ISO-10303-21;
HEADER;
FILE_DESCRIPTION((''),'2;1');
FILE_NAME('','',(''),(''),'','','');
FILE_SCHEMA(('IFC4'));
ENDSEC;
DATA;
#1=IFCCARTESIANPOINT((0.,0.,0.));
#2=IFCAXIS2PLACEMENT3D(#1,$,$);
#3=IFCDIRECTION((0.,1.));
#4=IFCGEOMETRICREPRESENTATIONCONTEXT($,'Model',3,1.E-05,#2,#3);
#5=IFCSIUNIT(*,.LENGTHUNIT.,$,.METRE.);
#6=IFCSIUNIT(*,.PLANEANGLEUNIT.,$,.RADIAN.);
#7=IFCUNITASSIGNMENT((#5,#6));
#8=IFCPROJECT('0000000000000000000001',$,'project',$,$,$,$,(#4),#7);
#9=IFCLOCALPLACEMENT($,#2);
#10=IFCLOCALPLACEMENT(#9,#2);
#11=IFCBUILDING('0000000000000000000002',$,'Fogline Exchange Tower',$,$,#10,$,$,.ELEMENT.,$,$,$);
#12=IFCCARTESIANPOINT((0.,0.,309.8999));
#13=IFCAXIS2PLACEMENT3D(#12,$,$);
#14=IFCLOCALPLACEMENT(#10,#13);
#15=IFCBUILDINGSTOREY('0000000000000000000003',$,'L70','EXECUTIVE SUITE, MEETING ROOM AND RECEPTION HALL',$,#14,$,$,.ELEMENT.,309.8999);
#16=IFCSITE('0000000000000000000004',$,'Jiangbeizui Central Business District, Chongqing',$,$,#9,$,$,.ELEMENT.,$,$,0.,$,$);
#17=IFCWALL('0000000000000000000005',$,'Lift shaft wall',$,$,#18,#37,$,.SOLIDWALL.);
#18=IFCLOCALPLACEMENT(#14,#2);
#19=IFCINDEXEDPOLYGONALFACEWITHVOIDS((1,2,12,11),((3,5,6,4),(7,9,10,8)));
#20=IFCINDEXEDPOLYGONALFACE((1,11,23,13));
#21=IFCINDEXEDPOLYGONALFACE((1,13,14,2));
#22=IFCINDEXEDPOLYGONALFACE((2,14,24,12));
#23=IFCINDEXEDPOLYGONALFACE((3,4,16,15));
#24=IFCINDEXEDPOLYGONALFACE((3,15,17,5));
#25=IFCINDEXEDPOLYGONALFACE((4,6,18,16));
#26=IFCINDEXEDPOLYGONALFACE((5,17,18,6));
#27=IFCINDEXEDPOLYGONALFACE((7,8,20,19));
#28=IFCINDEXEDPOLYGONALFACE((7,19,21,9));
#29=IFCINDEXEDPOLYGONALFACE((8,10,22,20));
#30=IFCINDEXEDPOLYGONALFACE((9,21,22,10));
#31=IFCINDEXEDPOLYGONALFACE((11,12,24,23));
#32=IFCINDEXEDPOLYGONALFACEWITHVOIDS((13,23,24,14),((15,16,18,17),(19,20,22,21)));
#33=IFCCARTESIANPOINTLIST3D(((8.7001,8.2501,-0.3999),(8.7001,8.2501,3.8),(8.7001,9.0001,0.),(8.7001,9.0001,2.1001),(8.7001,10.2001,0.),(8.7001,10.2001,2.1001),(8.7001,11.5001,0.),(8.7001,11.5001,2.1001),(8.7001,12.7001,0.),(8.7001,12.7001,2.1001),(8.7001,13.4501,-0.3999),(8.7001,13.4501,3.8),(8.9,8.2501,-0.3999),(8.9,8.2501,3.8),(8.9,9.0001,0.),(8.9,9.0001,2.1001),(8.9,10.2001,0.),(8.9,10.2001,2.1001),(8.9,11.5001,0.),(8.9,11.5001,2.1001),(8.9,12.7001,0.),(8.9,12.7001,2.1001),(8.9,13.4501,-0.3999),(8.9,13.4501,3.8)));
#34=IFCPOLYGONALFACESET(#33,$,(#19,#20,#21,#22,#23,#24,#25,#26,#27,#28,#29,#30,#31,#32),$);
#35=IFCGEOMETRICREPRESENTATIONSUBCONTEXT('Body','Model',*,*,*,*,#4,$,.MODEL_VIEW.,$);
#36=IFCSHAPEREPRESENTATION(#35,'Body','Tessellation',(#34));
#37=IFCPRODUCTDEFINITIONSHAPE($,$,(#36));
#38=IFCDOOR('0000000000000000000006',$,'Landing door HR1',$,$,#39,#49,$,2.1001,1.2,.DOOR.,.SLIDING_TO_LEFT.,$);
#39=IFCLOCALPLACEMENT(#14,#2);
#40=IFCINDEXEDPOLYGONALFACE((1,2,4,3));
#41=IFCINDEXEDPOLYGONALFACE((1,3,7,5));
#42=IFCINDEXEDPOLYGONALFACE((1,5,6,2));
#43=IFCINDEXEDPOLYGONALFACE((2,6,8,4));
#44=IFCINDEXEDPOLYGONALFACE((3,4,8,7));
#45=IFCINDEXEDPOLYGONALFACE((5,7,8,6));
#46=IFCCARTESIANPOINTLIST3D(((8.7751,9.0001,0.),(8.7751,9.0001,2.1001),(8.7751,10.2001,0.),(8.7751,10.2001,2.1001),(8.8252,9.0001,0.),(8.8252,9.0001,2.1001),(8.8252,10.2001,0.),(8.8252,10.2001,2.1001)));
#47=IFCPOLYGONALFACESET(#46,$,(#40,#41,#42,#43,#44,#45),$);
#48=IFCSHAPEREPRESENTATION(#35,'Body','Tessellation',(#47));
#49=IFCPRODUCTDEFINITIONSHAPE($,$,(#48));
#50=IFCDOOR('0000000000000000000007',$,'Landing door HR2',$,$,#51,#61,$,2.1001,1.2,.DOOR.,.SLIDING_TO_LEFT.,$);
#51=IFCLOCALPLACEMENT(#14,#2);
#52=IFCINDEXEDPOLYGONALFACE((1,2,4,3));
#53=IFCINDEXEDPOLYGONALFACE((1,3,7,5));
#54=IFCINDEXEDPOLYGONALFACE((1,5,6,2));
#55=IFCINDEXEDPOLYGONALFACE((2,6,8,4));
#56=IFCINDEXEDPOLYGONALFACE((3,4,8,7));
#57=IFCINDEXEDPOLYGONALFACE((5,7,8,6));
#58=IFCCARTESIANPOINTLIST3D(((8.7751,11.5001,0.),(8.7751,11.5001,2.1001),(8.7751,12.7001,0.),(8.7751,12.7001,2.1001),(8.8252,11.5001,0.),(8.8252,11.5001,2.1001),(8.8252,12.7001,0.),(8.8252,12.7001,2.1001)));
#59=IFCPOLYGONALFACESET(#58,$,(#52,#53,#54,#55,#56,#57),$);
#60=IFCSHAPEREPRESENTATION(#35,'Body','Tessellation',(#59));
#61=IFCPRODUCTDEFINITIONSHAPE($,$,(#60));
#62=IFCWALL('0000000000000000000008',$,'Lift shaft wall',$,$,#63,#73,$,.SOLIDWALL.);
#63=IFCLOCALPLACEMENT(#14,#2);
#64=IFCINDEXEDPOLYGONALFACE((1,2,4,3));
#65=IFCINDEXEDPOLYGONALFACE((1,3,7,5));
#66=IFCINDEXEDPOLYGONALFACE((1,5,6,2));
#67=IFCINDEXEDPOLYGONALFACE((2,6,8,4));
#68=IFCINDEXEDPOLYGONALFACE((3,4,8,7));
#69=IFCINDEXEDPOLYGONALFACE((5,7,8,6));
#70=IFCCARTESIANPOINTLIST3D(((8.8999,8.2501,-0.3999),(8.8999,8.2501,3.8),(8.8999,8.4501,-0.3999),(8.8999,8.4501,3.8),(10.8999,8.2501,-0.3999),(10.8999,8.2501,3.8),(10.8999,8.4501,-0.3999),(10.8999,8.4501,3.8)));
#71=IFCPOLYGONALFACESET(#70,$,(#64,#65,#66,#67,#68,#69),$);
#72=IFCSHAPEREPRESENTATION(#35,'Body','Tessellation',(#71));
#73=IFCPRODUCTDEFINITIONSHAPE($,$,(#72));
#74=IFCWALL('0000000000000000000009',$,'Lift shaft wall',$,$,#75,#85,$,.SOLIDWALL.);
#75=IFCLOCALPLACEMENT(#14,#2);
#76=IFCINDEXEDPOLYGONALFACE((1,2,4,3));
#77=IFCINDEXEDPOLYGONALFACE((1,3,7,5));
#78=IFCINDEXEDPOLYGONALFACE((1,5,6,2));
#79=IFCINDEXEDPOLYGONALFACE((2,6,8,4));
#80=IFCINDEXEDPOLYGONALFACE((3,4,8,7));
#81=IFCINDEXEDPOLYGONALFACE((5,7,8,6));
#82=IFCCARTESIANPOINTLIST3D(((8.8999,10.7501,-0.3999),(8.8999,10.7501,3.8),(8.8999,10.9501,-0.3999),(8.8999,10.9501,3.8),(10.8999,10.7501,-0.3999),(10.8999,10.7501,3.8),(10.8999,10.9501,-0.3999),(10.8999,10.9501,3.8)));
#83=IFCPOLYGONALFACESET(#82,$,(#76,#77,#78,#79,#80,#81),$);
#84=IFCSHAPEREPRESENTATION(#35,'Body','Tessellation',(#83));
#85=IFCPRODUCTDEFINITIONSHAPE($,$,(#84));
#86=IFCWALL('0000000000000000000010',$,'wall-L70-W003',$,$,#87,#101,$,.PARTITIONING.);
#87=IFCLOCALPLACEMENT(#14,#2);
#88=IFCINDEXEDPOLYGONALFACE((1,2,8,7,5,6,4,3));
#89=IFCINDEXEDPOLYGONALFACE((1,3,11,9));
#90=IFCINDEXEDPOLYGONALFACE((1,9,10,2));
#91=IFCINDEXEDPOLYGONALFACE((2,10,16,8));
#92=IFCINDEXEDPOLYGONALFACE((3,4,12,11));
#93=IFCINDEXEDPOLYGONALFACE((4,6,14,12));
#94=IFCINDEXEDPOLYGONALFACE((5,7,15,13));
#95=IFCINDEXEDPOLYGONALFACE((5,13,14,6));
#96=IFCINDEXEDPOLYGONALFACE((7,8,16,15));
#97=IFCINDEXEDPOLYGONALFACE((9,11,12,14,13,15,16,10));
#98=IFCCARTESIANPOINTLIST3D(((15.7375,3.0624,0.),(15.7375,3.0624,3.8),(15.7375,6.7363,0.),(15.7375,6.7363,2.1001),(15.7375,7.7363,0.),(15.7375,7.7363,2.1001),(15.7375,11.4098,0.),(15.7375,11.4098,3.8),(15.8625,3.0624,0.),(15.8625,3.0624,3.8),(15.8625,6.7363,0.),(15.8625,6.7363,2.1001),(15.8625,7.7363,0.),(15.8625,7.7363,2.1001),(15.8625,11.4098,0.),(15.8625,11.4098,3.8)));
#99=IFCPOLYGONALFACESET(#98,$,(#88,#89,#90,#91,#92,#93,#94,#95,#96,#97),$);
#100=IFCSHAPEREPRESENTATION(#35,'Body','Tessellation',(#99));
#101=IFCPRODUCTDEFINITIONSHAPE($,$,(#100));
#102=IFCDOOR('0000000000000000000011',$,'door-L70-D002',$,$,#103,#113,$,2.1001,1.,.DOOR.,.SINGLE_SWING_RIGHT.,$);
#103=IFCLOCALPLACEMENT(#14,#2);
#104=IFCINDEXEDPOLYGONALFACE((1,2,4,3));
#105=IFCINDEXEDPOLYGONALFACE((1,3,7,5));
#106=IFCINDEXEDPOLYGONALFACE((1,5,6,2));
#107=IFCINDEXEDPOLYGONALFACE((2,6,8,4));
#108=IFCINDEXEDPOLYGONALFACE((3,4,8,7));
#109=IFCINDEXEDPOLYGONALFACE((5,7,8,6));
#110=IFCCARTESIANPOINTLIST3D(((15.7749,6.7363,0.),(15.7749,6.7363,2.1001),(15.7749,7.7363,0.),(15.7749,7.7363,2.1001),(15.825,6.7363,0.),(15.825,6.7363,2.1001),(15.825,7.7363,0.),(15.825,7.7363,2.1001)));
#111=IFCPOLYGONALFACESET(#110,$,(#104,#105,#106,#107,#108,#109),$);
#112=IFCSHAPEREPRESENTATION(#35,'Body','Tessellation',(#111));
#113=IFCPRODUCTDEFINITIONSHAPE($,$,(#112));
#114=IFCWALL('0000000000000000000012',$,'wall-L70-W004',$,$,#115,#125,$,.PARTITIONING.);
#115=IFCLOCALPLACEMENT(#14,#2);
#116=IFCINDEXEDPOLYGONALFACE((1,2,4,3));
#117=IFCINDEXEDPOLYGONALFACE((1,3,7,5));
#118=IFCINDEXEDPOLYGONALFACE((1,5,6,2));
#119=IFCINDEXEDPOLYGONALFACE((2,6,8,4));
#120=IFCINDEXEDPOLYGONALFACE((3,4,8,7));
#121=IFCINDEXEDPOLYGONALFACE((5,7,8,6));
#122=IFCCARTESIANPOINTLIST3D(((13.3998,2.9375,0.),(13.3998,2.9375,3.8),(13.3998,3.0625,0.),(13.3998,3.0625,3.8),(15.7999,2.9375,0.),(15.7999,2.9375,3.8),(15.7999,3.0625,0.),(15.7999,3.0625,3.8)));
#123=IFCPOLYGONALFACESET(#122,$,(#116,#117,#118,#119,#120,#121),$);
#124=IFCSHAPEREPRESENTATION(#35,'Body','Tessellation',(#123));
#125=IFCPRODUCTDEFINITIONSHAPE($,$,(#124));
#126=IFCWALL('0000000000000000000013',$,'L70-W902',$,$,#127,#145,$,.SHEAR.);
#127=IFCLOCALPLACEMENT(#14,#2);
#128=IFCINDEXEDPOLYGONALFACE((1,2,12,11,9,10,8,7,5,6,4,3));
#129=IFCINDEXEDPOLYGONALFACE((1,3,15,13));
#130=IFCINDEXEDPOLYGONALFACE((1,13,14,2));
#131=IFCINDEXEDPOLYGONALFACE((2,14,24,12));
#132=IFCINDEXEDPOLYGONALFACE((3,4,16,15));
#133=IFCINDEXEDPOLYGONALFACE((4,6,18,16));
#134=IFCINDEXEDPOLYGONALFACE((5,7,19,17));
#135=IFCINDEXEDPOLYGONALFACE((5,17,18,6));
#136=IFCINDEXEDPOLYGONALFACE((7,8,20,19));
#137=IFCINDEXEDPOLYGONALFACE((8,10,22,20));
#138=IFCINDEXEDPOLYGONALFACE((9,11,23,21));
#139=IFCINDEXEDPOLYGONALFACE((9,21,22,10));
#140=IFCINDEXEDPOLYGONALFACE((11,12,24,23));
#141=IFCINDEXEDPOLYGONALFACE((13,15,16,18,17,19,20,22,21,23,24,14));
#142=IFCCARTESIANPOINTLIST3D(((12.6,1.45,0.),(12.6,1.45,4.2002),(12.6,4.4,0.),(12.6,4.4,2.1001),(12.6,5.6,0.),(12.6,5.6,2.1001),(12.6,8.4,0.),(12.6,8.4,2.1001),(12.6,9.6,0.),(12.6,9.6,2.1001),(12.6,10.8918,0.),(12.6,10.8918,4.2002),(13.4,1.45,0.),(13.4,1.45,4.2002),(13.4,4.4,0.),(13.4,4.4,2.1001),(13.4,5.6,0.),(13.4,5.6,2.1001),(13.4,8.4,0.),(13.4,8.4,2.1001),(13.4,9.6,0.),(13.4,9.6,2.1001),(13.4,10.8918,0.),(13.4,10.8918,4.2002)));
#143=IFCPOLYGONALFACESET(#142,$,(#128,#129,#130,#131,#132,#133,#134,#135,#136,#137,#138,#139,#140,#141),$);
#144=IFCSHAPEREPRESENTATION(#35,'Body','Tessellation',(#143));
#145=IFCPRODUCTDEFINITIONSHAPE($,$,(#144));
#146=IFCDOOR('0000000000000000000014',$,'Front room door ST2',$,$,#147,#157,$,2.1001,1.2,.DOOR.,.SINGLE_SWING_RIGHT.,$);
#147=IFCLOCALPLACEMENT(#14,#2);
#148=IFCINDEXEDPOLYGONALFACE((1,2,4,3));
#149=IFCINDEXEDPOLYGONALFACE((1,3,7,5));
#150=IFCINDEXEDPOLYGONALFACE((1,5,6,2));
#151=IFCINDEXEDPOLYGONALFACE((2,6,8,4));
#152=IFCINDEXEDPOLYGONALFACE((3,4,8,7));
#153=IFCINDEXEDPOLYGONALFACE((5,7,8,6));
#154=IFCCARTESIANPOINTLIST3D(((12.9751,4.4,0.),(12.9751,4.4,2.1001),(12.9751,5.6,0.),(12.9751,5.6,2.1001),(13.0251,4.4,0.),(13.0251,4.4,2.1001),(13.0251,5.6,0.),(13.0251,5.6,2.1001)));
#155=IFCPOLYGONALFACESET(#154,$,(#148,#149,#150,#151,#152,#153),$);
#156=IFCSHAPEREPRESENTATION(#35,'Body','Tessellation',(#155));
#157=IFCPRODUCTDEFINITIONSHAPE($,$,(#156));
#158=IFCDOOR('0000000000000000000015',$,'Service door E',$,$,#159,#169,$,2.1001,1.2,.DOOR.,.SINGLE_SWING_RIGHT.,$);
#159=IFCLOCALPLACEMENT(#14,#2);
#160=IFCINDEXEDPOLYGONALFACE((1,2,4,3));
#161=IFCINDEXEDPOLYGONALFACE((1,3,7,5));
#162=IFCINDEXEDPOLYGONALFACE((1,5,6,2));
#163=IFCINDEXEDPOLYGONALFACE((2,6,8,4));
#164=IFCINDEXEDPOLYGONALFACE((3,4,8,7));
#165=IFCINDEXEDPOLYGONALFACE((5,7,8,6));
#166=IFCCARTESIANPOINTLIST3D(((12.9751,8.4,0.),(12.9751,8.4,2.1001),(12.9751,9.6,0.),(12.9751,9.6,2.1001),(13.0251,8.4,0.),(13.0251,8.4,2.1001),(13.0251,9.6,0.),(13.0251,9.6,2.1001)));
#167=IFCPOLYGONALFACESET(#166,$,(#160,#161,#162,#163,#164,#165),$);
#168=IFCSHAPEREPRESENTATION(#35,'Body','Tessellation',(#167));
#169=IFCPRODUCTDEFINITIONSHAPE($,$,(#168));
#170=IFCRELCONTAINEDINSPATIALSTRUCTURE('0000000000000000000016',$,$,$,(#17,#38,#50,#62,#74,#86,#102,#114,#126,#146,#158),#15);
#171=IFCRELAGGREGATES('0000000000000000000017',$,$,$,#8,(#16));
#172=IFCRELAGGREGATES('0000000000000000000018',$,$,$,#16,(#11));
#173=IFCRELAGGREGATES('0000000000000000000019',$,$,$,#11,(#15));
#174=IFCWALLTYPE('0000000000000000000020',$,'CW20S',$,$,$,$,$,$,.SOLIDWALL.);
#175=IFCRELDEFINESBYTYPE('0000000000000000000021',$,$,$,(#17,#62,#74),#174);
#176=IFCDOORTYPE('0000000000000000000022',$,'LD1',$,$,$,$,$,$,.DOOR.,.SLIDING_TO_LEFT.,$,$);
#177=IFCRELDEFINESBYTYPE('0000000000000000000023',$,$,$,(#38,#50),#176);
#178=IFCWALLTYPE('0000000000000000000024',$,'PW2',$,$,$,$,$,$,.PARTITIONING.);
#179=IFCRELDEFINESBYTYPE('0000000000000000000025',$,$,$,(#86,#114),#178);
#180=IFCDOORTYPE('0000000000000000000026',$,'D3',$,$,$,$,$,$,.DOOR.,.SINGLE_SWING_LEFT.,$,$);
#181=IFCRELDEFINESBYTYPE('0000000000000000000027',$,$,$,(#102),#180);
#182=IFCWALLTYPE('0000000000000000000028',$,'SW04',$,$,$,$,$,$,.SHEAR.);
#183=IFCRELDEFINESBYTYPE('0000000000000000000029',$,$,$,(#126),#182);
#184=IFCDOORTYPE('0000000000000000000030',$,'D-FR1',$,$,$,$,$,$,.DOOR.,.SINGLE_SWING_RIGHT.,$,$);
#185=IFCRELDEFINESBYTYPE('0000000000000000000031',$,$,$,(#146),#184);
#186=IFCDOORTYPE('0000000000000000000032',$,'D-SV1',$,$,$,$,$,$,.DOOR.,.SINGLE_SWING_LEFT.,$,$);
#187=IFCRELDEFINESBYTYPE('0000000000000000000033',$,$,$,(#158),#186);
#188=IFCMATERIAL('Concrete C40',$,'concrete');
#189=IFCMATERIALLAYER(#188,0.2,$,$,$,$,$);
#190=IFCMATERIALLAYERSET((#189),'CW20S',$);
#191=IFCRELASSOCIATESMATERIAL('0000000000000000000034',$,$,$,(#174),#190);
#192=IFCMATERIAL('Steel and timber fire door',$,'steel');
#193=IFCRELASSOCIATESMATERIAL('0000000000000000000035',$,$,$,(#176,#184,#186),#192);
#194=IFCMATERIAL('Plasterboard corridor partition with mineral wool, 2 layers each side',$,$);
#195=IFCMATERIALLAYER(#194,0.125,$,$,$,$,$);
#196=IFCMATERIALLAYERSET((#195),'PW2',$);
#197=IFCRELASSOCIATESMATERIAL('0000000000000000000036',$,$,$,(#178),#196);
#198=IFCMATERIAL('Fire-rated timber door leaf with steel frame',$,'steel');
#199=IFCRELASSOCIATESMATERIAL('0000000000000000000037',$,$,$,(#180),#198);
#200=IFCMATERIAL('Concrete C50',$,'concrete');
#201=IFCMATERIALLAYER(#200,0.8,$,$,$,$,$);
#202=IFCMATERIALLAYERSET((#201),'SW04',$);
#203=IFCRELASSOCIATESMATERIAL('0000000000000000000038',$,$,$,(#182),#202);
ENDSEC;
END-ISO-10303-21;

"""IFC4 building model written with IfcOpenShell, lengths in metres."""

from ifc_helpers import new_model, si_unit, direction, frame, frame_2d, origin, place, context, subcontext, project, spatial, rectangle, extrude, material, layer, layer_set, type_object, element, fill, save


model = new_model("IFC4")

# Units and contexts
model_context = context("Model", 3, precision=1e-05, world=origin(), true_north=direction((0.0, 1.0)))
body_context = subcontext(model_context, "Body", "Model", "MODEL_VIEW")
ifc_project = project(units=[si_unit("LENGTHUNIT", "METRE"), si_unit("PLANEANGLEUNIT", "RADIAN")], contexts=[model_context])

# Site, building, storey
site_placement = place(None, origin())
site = spatial("IfcSite", under=ifc_project, at=site_placement, Name="Jiangbeizui Central Business District, Chongqing", CompositionType="ELEMENT", RefElevation=0.0)
building_placement = place(site_placement, origin())
building = spatial("IfcBuilding", under=site, at=building_placement, Name="Fogline Exchange Tower", CompositionType="ELEMENT")
storey_placement = place(building_placement, frame((0.0, 0.0, 309.8999)))
storey = spatial("IfcBuildingStorey", under=building, at=storey_placement, Name="L70", Description="EXECUTIVE SUITE, MEETING ROOM AND RECEPTION HALL", CompositionType="ELEMENT", Elevation=309.8999)

# Shared definitions
ifc_material_1 = material(Name="Concrete C40", Category="concrete")

# Shared definitions
ifc_material_2 = material(Name="Steel and timber fire door", Category="steel")

# Wall, openings, doors
ifc_layer_1 = layer(ifc_material_1, 0.2)
ifc_layer_set_1 = layer_set([ifc_layer_1], Name="CW20S")
wall_type_1 = type_object("IfcWallType", Name="CW20S", PredefinedType="SOLIDWALL", material=ifc_layer_set_1)
wall_1_placement = place(storey_placement, frame((8.8, 8.25, -0.3999), z_axis=(0.0, 0.0, 1.0), x_axis=(0.0, 1.0, 0.0)))
wall_1 = element("IfcWall", 1, at=wall_1_placement, inside=storey, type_object=wall_type_1, Name="Lift shaft wall", PredefinedType="SOLIDWALL", context=body_context, shape_type="SweptSolid", body=[
    extrude(rectangle(XDim=5.2, YDim=0.2, at=frame_2d((2.6001, 0.0))), origin(), (0.0, 0.0, 1.0), 4.2),
])
opening_1_placement = place(wall_1_placement, frame((0.75, 0.0, 0.3999)))
opening_1 = element("IfcOpeningElement", 2, at=opening_1_placement, cuts=wall_1, PredefinedType="OPENING", context=body_context, shape_type="SweptSolid", body=[
    extrude(rectangle(XDim=1.2, YDim=2.1001, at=frame_2d((0.6001, 1.05))), frame((0.0, 0.1099, 0.0), z_axis=(0.0, -1.0, 0.0), x_axis=(1.0, 0.0, 0.0)), (0.0, 0.0, 1.0), 0.22),
])
opening_2_placement = place(wall_1_placement, frame((3.25, 0.0, 0.3999)))
opening_2 = element("IfcOpeningElement", 3, at=opening_2_placement, cuts=wall_1, PredefinedType="OPENING", context=body_context, shape_type="SweptSolid", body=[
    extrude(rectangle(XDim=1.2, YDim=2.1001, at=frame_2d((0.6001, 1.05))), frame((0.0, 0.1099, 0.0), z_axis=(0.0, -1.0, 0.0), x_axis=(1.0, 0.0, 0.0)), (0.0, 0.0, 1.0), 0.22),
])
door_type_1 = type_object("IfcDoorType", Name="LD1", OperationType="SLIDING_TO_LEFT", PredefinedType="DOOR", material=ifc_material_2)
door_1_placement = place(opening_1_placement, origin())
door_1 = element("IfcDoor", 4, at=door_1_placement, inside=storey, type_object=door_type_1, Name="Landing door HR1", OperationType="SLIDING_TO_LEFT", OverallHeight=2.1001, OverallWidth=1.2, PredefinedType="DOOR", context=body_context, shape_type="SweptSolid", body=[
    extrude(rectangle(XDim=1.2, YDim=2.1001, at=frame_2d((0.6001, 1.05))), frame((0.0, 0.0249, 0.0), z_axis=(0.0, -1.0, 0.0), x_axis=(1.0, 0.0, 0.0)), (0.0, 0.0, 1.0), 0.05),
])
fill(opening_1, door_1)
door_2_placement = place(opening_2_placement, origin())
door_2 = element("IfcDoor", 5, at=door_2_placement, inside=storey, type_object=door_type_1, Name="Landing door HR2", OperationType="SLIDING_TO_LEFT", OverallHeight=2.1001, OverallWidth=1.2, PredefinedType="DOOR", context=body_context, shape_type="SweptSolid", body=[
    extrude(rectangle(XDim=1.2, YDim=2.1001, at=frame_2d((0.6001, 1.05))), frame((0.0, 0.0249, 0.0), z_axis=(0.0, -1.0, 0.0), x_axis=(1.0, 0.0, 0.0)), (0.0, 0.0, 1.0), 0.05),
])
fill(opening_2, door_2)

# Walls
for number, where, z_axis, x_axis, name in (
    (6, (8.8999, 8.3501, -0.3999), (0.0, 0.0, 1.0), (1.0, 0.0, 0.0), "Lift shaft wall"),
    (7, (8.8999, 10.8501, -0.3999), (0.0, 0.0, 1.0), (1.0, 0.0, 0.0), "Lift shaft wall"),
):
    element("IfcWall", number, at=place(storey_placement, frame(where, z_axis=z_axis, x_axis=x_axis)), inside=storey, type_object=wall_type_1, Name=name, PredefinedType="SOLIDWALL", context=body_context, shape_type="SweptSolid", body=[
        extrude(rectangle(XDim=2.0, YDim=0.2, at=frame_2d((1.0, 0.0))), origin(), (0.0, 0.0, 1.0), 4.2),
    ])

# Wall, opening, door
ifc_material_3 = material(Name="Plasterboard corridor partition with mineral wool, 2 layers each side")
ifc_layer_2 = layer(ifc_material_3, 0.125)
ifc_layer_set_2 = layer_set([ifc_layer_2], Name="PW2")
wall_type_2 = type_object("IfcWallType", Name="PW2", PredefinedType="PARTITIONING", material=ifc_layer_set_2)
wall_2_placement = place(storey_placement, frame((15.8, 11.4099, 0.0), z_axis=(0.0, 0.0, 1.0), x_axis=(0.0, -1.0, 0.0)))
wall_2 = element("IfcWall", 8, at=wall_2_placement, inside=storey, type_object=wall_type_2, Name="wall-L70-W003", PredefinedType="PARTITIONING", context=body_context, shape_type="SweptSolid", body=[
    extrude(rectangle(XDim=8.3474, YDim=0.125, at=frame_2d((4.1738, 0.0))), origin(), (0.0, 0.0, 1.0), 3.8),
])
opening_3_placement = place(wall_2_placement, frame((3.6736, 0.0, 0.0)))
opening_3 = element("IfcOpeningElement", 9, at=opening_3_placement, cuts=wall_2, PredefinedType="OPENING", context=body_context, shape_type="SweptSolid", body=[
    extrude(rectangle(XDim=1.0, YDim=2.1001, at=frame_2d((0.5, 1.05))), frame((0.0, 0.0725, 0.0), z_axis=(0.0, -1.0, 0.0), x_axis=(1.0, 0.0, 0.0)), (0.0, 0.0, 1.0), 0.145),
])
ifc_material_4 = material(Name="Fire-rated timber door leaf with steel frame", Category="steel")
door_type_2 = type_object("IfcDoorType", Name="D3", OperationType="SINGLE_SWING_LEFT", PredefinedType="DOOR", material=ifc_material_4)
door_3_placement = place(opening_3_placement, origin())
door_3 = element("IfcDoor", 10, at=door_3_placement, inside=storey, type_object=door_type_2, Name="door-L70-D002", OperationType="SINGLE_SWING_RIGHT", OverallHeight=2.1001, OverallWidth=1.0, PredefinedType="DOOR", context=body_context, shape_type="SweptSolid", body=[
    extrude(rectangle(XDim=1.0, YDim=2.1001, at=frame_2d((0.5, 1.05))), frame((0.0, 0.0249, 0.0), z_axis=(0.0, -1.0, 0.0), x_axis=(1.0, 0.0, 0.0)), (0.0, 0.0, 1.0), 0.05),
])
fill(opening_3, door_3)

# Wall
wall_3_placement = place(storey_placement, frame((15.8, 3.0, 0.0), z_axis=(0.0, 0.0, 1.0), x_axis=(-1.0, 0.0, 0.0)))
element("IfcWall", 11, at=wall_3_placement, inside=storey, type_object=wall_type_2, Name="wall-L70-W004", PredefinedType="PARTITIONING", context=body_context, shape_type="SweptSolid", body=[
    extrude(rectangle(XDim=2.4001, YDim=0.125, at=frame_2d((1.2002, 0.0))), origin(), (0.0, 0.0, 1.0), 3.8),
])

# Wall, openings, doors
ifc_material_5 = material(Name="Concrete C50", Category="concrete")
ifc_layer_3 = layer(ifc_material_5, 0.8)
ifc_layer_set_3 = layer_set([ifc_layer_3], Name="SW04")
wall_type_3 = type_object("IfcWallType", Name="SW04", PredefinedType="SHEAR", material=ifc_layer_set_3)
wall_4_placement = place(storey_placement, frame((13.0, 1.45, 0.0), z_axis=(0.0, 0.0, 1.0), x_axis=(0.0, 1.0, 0.0)))
wall_4 = element("IfcWall", 12, at=wall_4_placement, inside=storey, type_object=wall_type_3, Name="L70-W902", PredefinedType="SHEAR", context=body_context, shape_type="SweptSolid", body=[
    extrude(rectangle(XDim=9.4419, YDim=0.8, at=frame_2d((4.7209, 0.0))), origin(), (0.0, 0.0, 1.0), 4.2002),
])
opening_4_placement = place(wall_4_placement, frame((2.95, 0.0, 0.0)))
opening_4 = element("IfcOpeningElement", 13, at=opening_4_placement, cuts=wall_4, PredefinedType="OPENING", context=body_context, shape_type="SweptSolid", body=[
    extrude(rectangle(XDim=1.2, YDim=2.1001, at=frame_2d((0.6001, 1.05))), frame((0.0, 0.4102, 0.0), z_axis=(0.0, -1.0, 0.0), x_axis=(1.0, 0.0, 0.0)), (0.0, 0.0, 1.0), 0.8201),
])
opening_5_placement = place(wall_4_placement, frame((6.95, 0.0, 0.0)))
opening_5 = element("IfcOpeningElement", 14, at=opening_5_placement, cuts=wall_4, PredefinedType="OPENING", context=body_context, shape_type="SweptSolid", body=[
    extrude(rectangle(XDim=1.2, YDim=2.1001, at=frame_2d((0.6001, 1.05))), frame((0.0, 0.4102, 0.0), z_axis=(0.0, -1.0, 0.0), x_axis=(1.0, 0.0, 0.0)), (0.0, 0.0, 1.0), 0.8201),
])
door_type_3 = type_object("IfcDoorType", Name="D-FR1", OperationType="SINGLE_SWING_RIGHT", PredefinedType="DOOR", material=ifc_material_2)
door_4_placement = place(opening_4_placement, origin())
door_4 = element("IfcDoor", 15, at=door_4_placement, inside=storey, type_object=door_type_3, Name="Front room door ST2", OperationType="SINGLE_SWING_RIGHT", OverallHeight=2.1001, OverallWidth=1.2, PredefinedType="DOOR", context=body_context, shape_type="SweptSolid", body=[
    extrude(rectangle(XDim=1.2, YDim=2.1001, at=frame_2d((0.6001, 1.05))), frame((0.0, 0.0249, 0.0), z_axis=(0.0, -1.0, 0.0), x_axis=(1.0, 0.0, 0.0)), (0.0, 0.0, 1.0), 0.05),
])
fill(opening_4, door_4)
door_type_4 = type_object("IfcDoorType", Name="D-SV1", OperationType="SINGLE_SWING_LEFT", PredefinedType="DOOR", material=ifc_material_2)
door_5_placement = place(opening_5_placement, origin())
door_5 = element("IfcDoor", 16, at=door_5_placement, inside=storey, type_object=door_type_4, Name="Service door E", OperationType="SINGLE_SWING_RIGHT", OverallHeight=2.1001, OverallWidth=1.2, PredefinedType="DOOR", context=body_context, shape_type="SweptSolid", body=[
    extrude(rectangle(XDim=1.2, YDim=2.1001, at=frame_2d((0.6001, 1.05))), frame((0.0, 0.0249, 0.0), z_axis=(0.0, -1.0, 0.0), x_axis=(1.0, 0.0, 0.0)), (0.0, 0.0, 1.0), 0.05),
])
fill(opening_5, door_5)

save(model, "model.ifc")
